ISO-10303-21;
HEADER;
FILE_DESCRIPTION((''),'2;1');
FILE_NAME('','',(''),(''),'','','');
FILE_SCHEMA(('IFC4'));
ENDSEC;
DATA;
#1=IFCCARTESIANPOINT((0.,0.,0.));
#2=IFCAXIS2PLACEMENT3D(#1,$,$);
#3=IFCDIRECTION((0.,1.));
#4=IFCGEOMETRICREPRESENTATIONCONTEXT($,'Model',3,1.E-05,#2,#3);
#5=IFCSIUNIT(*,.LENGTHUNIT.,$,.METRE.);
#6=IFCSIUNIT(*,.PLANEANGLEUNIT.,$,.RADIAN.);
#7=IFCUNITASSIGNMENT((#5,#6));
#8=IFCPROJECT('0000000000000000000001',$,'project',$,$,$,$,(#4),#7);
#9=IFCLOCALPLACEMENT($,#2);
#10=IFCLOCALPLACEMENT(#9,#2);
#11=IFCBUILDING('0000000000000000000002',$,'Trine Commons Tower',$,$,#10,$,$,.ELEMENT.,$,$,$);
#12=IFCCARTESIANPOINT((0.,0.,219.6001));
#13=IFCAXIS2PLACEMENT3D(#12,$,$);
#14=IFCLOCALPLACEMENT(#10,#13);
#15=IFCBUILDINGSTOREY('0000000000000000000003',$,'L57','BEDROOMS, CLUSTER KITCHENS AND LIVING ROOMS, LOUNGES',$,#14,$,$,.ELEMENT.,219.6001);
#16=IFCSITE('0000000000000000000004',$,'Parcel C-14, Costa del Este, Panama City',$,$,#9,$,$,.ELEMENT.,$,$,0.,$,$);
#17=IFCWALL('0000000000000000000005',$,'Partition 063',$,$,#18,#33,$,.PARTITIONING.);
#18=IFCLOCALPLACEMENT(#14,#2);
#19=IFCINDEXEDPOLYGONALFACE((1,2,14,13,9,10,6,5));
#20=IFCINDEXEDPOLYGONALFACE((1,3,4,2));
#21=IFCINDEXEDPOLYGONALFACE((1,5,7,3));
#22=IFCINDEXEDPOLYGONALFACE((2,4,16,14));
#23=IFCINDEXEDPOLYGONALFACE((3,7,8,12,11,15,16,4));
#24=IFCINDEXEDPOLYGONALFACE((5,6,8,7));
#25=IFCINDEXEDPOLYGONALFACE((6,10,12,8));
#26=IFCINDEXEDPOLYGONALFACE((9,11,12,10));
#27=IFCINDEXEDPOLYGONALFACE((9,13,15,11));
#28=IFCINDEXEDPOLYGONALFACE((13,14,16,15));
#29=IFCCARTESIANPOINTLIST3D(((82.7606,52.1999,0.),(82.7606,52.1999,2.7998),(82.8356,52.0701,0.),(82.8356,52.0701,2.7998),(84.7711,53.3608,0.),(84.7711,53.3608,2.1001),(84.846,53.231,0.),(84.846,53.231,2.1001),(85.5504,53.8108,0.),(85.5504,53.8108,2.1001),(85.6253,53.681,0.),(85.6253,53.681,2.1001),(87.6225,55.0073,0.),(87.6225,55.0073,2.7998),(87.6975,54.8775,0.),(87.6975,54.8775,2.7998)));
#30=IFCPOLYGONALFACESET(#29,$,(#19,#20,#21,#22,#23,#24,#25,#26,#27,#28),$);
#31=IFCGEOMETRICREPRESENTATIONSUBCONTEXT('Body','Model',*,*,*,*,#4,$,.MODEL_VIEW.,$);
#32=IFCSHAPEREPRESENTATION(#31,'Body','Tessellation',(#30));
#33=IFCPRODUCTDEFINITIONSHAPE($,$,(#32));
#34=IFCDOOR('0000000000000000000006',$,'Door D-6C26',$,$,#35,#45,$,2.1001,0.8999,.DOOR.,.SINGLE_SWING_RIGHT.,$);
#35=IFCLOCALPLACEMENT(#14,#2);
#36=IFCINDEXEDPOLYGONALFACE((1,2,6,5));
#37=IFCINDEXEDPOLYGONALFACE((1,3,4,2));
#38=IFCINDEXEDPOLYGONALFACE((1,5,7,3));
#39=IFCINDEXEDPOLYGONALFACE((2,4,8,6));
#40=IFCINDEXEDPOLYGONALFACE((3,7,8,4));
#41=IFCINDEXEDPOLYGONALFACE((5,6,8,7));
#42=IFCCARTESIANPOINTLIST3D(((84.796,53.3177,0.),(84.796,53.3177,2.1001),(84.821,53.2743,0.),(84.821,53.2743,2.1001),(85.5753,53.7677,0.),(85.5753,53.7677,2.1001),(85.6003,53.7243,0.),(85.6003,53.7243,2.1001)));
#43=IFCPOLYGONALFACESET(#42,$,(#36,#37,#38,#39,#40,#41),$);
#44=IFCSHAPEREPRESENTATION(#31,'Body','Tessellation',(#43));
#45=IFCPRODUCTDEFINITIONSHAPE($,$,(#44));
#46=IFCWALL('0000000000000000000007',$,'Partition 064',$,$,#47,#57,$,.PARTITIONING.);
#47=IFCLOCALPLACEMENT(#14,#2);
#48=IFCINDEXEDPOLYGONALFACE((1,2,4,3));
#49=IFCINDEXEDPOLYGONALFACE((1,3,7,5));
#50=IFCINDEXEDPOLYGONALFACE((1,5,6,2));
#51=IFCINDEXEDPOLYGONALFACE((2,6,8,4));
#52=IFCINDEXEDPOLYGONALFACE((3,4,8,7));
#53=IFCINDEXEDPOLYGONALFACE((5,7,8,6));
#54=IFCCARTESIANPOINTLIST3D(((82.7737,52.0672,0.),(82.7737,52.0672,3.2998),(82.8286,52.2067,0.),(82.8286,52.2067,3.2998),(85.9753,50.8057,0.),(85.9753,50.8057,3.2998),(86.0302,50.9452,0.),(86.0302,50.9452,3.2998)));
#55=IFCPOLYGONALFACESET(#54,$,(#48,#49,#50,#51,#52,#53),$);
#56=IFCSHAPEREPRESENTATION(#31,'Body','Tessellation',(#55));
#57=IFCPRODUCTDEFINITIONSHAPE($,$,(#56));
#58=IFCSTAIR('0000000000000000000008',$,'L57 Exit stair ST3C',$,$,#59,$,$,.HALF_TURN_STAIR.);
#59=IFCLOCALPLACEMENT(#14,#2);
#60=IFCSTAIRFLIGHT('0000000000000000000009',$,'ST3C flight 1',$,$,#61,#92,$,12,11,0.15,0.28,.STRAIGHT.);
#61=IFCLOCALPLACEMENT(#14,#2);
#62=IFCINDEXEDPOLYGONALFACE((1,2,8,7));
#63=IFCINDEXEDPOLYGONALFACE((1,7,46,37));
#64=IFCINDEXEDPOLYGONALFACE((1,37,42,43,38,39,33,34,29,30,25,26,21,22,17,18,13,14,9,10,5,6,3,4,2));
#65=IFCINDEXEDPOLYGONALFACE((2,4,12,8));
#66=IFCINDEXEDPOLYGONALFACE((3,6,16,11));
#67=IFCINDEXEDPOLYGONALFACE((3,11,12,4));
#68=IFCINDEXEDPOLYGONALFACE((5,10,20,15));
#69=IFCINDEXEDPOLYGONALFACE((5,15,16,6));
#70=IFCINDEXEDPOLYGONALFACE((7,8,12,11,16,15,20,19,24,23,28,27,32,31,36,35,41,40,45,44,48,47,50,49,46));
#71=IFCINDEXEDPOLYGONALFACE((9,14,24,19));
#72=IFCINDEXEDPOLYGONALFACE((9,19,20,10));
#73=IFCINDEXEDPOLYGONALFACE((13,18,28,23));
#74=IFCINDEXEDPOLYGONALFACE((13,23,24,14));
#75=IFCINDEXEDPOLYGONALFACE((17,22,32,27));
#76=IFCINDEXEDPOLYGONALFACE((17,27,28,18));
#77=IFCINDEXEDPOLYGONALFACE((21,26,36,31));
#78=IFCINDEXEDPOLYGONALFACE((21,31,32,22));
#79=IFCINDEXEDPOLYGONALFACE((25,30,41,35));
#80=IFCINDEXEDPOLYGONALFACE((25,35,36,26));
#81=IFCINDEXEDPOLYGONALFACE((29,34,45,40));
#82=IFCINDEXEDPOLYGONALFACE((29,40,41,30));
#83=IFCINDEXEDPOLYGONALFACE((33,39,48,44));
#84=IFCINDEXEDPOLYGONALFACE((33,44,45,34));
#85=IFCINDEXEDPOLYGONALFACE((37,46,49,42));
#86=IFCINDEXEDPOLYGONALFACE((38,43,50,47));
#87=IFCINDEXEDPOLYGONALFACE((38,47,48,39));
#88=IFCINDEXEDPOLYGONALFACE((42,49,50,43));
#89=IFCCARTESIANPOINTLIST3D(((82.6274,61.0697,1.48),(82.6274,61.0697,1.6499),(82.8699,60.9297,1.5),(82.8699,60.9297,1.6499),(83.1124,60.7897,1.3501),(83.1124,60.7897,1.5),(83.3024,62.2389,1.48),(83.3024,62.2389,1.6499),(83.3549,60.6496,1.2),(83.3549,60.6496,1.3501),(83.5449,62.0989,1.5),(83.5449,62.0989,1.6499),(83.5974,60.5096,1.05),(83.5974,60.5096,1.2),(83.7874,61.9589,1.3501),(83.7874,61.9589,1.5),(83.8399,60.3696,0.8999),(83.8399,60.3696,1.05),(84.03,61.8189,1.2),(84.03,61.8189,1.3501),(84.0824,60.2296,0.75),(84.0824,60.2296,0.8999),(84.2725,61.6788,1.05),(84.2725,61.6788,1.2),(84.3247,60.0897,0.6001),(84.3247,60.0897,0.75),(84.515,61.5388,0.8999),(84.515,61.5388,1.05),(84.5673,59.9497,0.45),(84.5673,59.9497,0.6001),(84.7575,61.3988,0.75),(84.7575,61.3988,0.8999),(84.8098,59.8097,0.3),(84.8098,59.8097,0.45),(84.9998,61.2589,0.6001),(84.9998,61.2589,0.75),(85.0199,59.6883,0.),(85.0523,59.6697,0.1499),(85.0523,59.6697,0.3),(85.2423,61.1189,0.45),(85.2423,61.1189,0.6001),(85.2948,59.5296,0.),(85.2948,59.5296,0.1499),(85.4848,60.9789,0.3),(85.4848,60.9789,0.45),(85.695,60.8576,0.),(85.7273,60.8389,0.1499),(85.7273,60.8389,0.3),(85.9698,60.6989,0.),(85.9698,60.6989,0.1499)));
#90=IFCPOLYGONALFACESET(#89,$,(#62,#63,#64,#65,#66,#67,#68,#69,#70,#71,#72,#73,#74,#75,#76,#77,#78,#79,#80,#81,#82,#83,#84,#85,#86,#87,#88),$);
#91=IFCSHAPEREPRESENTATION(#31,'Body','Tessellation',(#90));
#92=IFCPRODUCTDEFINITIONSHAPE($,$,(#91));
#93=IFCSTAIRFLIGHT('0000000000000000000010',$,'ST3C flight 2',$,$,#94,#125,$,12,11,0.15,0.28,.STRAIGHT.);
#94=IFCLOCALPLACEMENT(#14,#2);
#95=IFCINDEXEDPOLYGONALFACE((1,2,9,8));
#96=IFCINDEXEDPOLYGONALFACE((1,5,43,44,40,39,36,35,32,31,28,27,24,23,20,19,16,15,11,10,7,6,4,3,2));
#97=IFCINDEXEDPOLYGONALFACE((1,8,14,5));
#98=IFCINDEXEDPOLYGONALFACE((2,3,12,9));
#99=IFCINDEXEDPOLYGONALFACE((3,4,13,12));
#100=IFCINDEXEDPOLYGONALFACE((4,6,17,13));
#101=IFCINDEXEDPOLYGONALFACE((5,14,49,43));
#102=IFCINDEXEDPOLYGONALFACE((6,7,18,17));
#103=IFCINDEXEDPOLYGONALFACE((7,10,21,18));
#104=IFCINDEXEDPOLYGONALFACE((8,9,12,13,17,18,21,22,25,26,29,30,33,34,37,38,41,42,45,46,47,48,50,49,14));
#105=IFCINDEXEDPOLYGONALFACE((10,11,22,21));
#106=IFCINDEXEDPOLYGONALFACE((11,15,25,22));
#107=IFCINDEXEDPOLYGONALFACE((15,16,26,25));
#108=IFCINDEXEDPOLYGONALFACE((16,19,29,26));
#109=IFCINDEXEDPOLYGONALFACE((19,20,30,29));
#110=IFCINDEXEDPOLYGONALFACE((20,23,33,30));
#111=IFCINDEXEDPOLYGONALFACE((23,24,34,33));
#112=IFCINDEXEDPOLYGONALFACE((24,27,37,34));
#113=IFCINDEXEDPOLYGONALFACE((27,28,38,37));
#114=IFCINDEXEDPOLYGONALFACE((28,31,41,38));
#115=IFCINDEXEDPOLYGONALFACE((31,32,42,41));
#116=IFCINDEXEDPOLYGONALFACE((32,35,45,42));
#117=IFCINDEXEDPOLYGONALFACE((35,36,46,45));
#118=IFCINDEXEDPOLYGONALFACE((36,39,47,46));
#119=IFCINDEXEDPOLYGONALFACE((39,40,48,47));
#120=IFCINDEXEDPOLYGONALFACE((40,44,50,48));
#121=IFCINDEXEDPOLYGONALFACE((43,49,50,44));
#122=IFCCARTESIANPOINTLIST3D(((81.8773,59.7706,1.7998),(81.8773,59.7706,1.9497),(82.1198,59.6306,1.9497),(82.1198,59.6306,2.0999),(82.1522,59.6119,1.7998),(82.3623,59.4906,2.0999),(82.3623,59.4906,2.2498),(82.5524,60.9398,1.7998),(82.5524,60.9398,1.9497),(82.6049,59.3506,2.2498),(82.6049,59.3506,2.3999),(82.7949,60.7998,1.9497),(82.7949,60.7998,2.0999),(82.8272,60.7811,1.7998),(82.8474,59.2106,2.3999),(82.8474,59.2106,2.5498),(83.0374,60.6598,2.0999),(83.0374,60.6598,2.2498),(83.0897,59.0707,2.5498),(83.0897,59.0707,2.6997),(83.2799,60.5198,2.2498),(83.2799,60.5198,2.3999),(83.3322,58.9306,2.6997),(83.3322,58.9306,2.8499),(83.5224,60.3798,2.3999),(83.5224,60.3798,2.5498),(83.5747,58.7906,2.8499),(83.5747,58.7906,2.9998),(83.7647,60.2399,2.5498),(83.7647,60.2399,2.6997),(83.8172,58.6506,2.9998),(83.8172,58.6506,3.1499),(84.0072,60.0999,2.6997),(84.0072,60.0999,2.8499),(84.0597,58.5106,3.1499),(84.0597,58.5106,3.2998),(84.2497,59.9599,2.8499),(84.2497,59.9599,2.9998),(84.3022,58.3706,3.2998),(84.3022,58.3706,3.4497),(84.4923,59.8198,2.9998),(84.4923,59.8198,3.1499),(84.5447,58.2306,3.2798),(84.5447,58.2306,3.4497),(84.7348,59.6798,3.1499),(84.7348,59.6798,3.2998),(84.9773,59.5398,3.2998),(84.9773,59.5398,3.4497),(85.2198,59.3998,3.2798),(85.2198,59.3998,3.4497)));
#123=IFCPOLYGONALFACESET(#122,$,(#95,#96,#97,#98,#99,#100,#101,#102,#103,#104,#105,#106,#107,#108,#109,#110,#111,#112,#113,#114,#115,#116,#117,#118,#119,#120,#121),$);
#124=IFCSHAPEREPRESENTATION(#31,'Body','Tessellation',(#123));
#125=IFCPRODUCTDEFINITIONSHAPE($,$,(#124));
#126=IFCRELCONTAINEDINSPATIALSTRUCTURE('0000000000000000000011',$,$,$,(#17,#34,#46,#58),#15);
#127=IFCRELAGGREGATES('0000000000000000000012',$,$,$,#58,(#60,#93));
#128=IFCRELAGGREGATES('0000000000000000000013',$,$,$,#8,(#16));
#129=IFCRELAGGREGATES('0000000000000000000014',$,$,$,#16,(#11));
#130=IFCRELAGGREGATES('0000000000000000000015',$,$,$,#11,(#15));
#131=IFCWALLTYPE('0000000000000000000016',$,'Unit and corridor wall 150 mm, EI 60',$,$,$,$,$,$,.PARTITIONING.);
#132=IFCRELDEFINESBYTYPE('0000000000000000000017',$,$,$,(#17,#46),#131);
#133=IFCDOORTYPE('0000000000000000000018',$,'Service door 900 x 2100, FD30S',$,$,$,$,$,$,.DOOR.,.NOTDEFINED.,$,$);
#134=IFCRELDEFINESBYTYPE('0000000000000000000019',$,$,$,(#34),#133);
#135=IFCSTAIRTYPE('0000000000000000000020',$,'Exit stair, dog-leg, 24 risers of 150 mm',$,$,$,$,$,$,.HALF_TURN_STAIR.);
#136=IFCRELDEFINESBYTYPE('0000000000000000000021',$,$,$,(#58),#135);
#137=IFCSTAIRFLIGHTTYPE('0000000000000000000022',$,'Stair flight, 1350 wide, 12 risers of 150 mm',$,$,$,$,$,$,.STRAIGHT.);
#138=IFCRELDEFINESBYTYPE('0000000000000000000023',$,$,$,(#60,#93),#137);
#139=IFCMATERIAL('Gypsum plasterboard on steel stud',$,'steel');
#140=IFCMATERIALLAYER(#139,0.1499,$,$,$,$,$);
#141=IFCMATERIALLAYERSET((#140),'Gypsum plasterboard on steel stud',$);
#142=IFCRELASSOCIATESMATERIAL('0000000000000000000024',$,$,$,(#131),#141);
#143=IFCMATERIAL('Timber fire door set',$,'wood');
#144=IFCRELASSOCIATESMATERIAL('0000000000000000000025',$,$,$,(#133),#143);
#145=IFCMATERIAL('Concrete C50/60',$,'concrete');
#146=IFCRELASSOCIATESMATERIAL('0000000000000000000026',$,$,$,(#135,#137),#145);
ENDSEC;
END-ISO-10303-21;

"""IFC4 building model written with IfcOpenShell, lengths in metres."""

from ifc_helpers import new_model, si_unit, direction, frame, frame_2d, origin, place, context, subcontext, project, spatial, polyline, rectangle, outline, extrude, material, layer, layer_set, type_object, element, fill, aggregate, save


model = new_model("IFC4")

# Units and contexts
model_context = context("Model", 3, precision=1e-05, world=origin(), true_north=direction((0.0, 1.0)))
body_context = subcontext(model_context, "Body", "Model", "MODEL_VIEW")
ifc_project = project(units=[si_unit("LENGTHUNIT", "METRE"), si_unit("PLANEANGLEUNIT", "RADIAN")], contexts=[model_context])

# Site, building, storey
site_placement = place(None, origin())
site = spatial("IfcSite", under=ifc_project, at=site_placement, Name="Parcel C-14, Costa del Este, Panama City", CompositionType="ELEMENT", RefElevation=0.0)
building_placement = place(site_placement, origin())
building = spatial("IfcBuilding", under=site, at=building_placement, Name="Trine Commons Tower", CompositionType="ELEMENT")
storey_placement = place(building_placement, frame((0.0, 0.0, 219.6001)))
storey = spatial("IfcBuildingStorey", under=building, at=storey_placement, Name="L57", Description="BEDROOMS, CLUSTER KITCHENS AND LIVING ROOMS, LOUNGES", CompositionType="ELEMENT", Elevation=219.6001)

# Wall, opening, door
ifc_material_1 = material(Name="Gypsum plasterboard on steel stud", Category="steel")
ifc_layer_1 = layer(ifc_material_1, 0.1499)
ifc_layer_set_1 = layer_set([ifc_layer_1], Name="Gypsum plasterboard on steel stud")
wall_type_1 = type_object("IfcWallType", Name="Unit and corridor wall 150 mm, EI 60", PredefinedType="PARTITIONING", material=ifc_layer_set_1)
wall_1_placement = place(storey_placement, frame((82.7981, 52.135, 0.0), z_axis=(0.0, 0.0, 1.0), x_axis=(0.865994, 0.500054, 0.0)))
wall_1 = element("IfcWall", 1, at=wall_1_placement, inside=storey, type_object=wall_type_1, Name="Partition 063", PredefinedType="PARTITIONING", context=body_context, shape_type="SweptSolid", body=[
    extrude(rectangle(XDim=5.6143, YDim=0.1499, at=frame_2d((2.8071, 0.0))), origin(), (0.0, 0.0, 1.0), 2.7998),
])
opening_1_placement = place(wall_1_placement, frame((2.3215, 0.0, 0.0)))
opening_1 = element("IfcOpeningElement", 2, at=opening_1_placement, cuts=wall_1, PredefinedType="OPENING", context=body_context, shape_type="SweptSolid", body=[
    extrude(rectangle(XDim=0.8999, YDim=2.1001, at=frame_2d((0.45, 1.05))), frame((0.0, 0.085, 0.0), z_axis=(0.0, -1.0, 0.0), x_axis=(1.0, 0.0, 0.0)), (0.0, 0.0, 1.0), 0.1699),
])
ifc_material_2 = material(Name="Timber fire door set", Category="wood")
door_type_1 = type_object("IfcDoorType", Name="Service door 900 x 2100, FD30S", OperationType="NOTDEFINED", PredefinedType="DOOR", material=ifc_material_2)
door_1_placement = place(opening_1_placement, frame((0.8999, 0.0, 0.0), z_axis=(0.0, 0.0, 1.0), x_axis=(-1.0, 0.0, 0.0)))
door_1 = element("IfcDoor", 3, at=door_1_placement, inside=storey, type_object=door_type_1, Name="Door D-6C26", OperationType="SINGLE_SWING_RIGHT", OverallHeight=2.1001, OverallWidth=0.8999, PredefinedType="DOOR", context=body_context, shape_type="SweptSolid", body=[
    extrude(rectangle(XDim=0.8999, YDim=2.1001, at=frame_2d((0.45, 1.05))), frame((0.0, 0.0249, 0.0), z_axis=(0.0, -1.0, 0.0), x_axis=(1.0, 0.0, 0.0)), (0.0, 0.0, 1.0), 0.05),
])
fill(opening_1, door_1)

# Wall
wall_2_placement = place(storey_placement, frame((82.801, 52.137, 0.0), z_axis=(0.0, 0.0, 1.0), x_axis=(0.930387, -0.366578, 0.0)))
element("IfcWall", 4, at=wall_2_placement, inside=storey, type_object=wall_type_1, Name="Partition 064", PredefinedType="PARTITIONING", context=body_context, shape_type="SweptSolid", body=[
    extrude(rectangle(XDim=3.4412, YDim=0.1499, at=frame_2d((1.7207, 0.0))), origin(), (0.0, 0.0, 1.0), 3.2998),
])

# Stair, stair flights
ifc_material_3 = material(Name="Concrete C50/60", Category="concrete")
stair_type = type_object("IfcStairType", Name="Exit stair, dog-leg, 24 risers of 150 mm", PredefinedType="HALF_TURN_STAIR", material=ifc_material_3)
stair_placement = place(storey_placement, origin())
stair = element("IfcStair", 5, at=stair_placement, inside=storey, type_object=stair_type, Name="L57 Exit stair ST3C", PredefinedType="HALF_TURN_STAIR")
stair_flight_type = type_object("IfcStairFlightType", Name="Stair flight, 1350 wide, 12 risers of 150 mm", PredefinedType="STRAIGHT", material=ifc_material_3)
stair_flight_1_placement = place(storey_placement, frame((85.6323, 60.1143, 0.0), z_axis=(0.0, 0.0, 1.0), x_axis=(-0.866025, 0.5, 0.0)))
stair_flight_1 = element("IfcStairFlight", 6, at=stair_flight_1_placement, type_object=stair_flight_type, Name="ST3C flight 1", NumberOfRisers=12, NumberOfTreads=11, PredefinedType="STRAIGHT", RiserHeight=0.15, TreadLength=0.28, context=body_context, shape_type="SweptSolid", body=[
    extrude(outline(polyline([(0.0, 0.0), (0.0, 0.1499), (0.28, 0.1499), (0.28, 0.3), (0.5601, 0.3), (0.5601, 0.45), (0.8401, 0.45), (0.8401, 0.6001), (1.1201, 0.6001), (1.1201, 0.75), (1.3999, 0.75), (1.3999, 0.8999), (1.6799, 0.8999), (1.6799, 1.05), (1.96, 1.05), (1.96, 1.2), (2.24, 1.2), (2.24, 1.3501), (2.52, 1.3501), (2.52, 1.5), (2.8, 1.5), (2.8, 1.6499), (3.0801, 1.6499), (3.0801, 1.8), (3.0801, 1.48), (0.3174, 0.0), (0.0, 0.0)])), frame((0.0, 0.675, 0.0), z_axis=(0.0, -1.0, 0.0), x_axis=(1.0, 0.0, 0.0)), (0.0, 0.0, 1.0), 1.3501),
])
stair_flight_2_placement = place(storey_placement, frame((82.2148, 60.3552, 1.7998), z_axis=(0.0, 0.0, 1.0), x_axis=(0.866025, -0.5, 0.0)))
stair_flight_2 = element("IfcStairFlight", 7, at=stair_flight_2_placement, type_object=stair_flight_type, Name="ST3C flight 2", NumberOfRisers=12, NumberOfTreads=11, PredefinedType="STRAIGHT", RiserHeight=0.15, TreadLength=0.28, context=body_context, shape_type="SweptSolid", body=[
    extrude(outline(polyline([(0.0, 0.0), (0.0, 0.1499), (0.28, 0.1499), (0.28, 0.3), (0.5601, 0.3), (0.5601, 0.45), (0.8401, 0.45), (0.8401, 0.6001), (1.1201, 0.6001), (1.1201, 0.75), (1.3999, 0.75), (1.3999, 0.8999), (1.6799, 0.8999), (1.6799, 1.05), (1.96, 1.05), (1.96, 1.2), (2.24, 1.2), (2.24, 1.3501), (2.52, 1.3501), (2.52, 1.5), (2.8, 1.5), (2.8, 1.6499), (3.0801, 1.6499), (3.0801, 1.8), (3.0801, 1.48), (0.3174, 0.0), (0.0, 0.0)])), frame((0.0, 0.675, 0.0), z_axis=(0.0, -1.0, 0.0), x_axis=(1.0, 0.0, 0.0)), (0.0, 0.0, 1.0), 1.3501),
])
aggregate(stair, [stair_flight_1, stair_flight_2])

save(model, "model.ifc")
